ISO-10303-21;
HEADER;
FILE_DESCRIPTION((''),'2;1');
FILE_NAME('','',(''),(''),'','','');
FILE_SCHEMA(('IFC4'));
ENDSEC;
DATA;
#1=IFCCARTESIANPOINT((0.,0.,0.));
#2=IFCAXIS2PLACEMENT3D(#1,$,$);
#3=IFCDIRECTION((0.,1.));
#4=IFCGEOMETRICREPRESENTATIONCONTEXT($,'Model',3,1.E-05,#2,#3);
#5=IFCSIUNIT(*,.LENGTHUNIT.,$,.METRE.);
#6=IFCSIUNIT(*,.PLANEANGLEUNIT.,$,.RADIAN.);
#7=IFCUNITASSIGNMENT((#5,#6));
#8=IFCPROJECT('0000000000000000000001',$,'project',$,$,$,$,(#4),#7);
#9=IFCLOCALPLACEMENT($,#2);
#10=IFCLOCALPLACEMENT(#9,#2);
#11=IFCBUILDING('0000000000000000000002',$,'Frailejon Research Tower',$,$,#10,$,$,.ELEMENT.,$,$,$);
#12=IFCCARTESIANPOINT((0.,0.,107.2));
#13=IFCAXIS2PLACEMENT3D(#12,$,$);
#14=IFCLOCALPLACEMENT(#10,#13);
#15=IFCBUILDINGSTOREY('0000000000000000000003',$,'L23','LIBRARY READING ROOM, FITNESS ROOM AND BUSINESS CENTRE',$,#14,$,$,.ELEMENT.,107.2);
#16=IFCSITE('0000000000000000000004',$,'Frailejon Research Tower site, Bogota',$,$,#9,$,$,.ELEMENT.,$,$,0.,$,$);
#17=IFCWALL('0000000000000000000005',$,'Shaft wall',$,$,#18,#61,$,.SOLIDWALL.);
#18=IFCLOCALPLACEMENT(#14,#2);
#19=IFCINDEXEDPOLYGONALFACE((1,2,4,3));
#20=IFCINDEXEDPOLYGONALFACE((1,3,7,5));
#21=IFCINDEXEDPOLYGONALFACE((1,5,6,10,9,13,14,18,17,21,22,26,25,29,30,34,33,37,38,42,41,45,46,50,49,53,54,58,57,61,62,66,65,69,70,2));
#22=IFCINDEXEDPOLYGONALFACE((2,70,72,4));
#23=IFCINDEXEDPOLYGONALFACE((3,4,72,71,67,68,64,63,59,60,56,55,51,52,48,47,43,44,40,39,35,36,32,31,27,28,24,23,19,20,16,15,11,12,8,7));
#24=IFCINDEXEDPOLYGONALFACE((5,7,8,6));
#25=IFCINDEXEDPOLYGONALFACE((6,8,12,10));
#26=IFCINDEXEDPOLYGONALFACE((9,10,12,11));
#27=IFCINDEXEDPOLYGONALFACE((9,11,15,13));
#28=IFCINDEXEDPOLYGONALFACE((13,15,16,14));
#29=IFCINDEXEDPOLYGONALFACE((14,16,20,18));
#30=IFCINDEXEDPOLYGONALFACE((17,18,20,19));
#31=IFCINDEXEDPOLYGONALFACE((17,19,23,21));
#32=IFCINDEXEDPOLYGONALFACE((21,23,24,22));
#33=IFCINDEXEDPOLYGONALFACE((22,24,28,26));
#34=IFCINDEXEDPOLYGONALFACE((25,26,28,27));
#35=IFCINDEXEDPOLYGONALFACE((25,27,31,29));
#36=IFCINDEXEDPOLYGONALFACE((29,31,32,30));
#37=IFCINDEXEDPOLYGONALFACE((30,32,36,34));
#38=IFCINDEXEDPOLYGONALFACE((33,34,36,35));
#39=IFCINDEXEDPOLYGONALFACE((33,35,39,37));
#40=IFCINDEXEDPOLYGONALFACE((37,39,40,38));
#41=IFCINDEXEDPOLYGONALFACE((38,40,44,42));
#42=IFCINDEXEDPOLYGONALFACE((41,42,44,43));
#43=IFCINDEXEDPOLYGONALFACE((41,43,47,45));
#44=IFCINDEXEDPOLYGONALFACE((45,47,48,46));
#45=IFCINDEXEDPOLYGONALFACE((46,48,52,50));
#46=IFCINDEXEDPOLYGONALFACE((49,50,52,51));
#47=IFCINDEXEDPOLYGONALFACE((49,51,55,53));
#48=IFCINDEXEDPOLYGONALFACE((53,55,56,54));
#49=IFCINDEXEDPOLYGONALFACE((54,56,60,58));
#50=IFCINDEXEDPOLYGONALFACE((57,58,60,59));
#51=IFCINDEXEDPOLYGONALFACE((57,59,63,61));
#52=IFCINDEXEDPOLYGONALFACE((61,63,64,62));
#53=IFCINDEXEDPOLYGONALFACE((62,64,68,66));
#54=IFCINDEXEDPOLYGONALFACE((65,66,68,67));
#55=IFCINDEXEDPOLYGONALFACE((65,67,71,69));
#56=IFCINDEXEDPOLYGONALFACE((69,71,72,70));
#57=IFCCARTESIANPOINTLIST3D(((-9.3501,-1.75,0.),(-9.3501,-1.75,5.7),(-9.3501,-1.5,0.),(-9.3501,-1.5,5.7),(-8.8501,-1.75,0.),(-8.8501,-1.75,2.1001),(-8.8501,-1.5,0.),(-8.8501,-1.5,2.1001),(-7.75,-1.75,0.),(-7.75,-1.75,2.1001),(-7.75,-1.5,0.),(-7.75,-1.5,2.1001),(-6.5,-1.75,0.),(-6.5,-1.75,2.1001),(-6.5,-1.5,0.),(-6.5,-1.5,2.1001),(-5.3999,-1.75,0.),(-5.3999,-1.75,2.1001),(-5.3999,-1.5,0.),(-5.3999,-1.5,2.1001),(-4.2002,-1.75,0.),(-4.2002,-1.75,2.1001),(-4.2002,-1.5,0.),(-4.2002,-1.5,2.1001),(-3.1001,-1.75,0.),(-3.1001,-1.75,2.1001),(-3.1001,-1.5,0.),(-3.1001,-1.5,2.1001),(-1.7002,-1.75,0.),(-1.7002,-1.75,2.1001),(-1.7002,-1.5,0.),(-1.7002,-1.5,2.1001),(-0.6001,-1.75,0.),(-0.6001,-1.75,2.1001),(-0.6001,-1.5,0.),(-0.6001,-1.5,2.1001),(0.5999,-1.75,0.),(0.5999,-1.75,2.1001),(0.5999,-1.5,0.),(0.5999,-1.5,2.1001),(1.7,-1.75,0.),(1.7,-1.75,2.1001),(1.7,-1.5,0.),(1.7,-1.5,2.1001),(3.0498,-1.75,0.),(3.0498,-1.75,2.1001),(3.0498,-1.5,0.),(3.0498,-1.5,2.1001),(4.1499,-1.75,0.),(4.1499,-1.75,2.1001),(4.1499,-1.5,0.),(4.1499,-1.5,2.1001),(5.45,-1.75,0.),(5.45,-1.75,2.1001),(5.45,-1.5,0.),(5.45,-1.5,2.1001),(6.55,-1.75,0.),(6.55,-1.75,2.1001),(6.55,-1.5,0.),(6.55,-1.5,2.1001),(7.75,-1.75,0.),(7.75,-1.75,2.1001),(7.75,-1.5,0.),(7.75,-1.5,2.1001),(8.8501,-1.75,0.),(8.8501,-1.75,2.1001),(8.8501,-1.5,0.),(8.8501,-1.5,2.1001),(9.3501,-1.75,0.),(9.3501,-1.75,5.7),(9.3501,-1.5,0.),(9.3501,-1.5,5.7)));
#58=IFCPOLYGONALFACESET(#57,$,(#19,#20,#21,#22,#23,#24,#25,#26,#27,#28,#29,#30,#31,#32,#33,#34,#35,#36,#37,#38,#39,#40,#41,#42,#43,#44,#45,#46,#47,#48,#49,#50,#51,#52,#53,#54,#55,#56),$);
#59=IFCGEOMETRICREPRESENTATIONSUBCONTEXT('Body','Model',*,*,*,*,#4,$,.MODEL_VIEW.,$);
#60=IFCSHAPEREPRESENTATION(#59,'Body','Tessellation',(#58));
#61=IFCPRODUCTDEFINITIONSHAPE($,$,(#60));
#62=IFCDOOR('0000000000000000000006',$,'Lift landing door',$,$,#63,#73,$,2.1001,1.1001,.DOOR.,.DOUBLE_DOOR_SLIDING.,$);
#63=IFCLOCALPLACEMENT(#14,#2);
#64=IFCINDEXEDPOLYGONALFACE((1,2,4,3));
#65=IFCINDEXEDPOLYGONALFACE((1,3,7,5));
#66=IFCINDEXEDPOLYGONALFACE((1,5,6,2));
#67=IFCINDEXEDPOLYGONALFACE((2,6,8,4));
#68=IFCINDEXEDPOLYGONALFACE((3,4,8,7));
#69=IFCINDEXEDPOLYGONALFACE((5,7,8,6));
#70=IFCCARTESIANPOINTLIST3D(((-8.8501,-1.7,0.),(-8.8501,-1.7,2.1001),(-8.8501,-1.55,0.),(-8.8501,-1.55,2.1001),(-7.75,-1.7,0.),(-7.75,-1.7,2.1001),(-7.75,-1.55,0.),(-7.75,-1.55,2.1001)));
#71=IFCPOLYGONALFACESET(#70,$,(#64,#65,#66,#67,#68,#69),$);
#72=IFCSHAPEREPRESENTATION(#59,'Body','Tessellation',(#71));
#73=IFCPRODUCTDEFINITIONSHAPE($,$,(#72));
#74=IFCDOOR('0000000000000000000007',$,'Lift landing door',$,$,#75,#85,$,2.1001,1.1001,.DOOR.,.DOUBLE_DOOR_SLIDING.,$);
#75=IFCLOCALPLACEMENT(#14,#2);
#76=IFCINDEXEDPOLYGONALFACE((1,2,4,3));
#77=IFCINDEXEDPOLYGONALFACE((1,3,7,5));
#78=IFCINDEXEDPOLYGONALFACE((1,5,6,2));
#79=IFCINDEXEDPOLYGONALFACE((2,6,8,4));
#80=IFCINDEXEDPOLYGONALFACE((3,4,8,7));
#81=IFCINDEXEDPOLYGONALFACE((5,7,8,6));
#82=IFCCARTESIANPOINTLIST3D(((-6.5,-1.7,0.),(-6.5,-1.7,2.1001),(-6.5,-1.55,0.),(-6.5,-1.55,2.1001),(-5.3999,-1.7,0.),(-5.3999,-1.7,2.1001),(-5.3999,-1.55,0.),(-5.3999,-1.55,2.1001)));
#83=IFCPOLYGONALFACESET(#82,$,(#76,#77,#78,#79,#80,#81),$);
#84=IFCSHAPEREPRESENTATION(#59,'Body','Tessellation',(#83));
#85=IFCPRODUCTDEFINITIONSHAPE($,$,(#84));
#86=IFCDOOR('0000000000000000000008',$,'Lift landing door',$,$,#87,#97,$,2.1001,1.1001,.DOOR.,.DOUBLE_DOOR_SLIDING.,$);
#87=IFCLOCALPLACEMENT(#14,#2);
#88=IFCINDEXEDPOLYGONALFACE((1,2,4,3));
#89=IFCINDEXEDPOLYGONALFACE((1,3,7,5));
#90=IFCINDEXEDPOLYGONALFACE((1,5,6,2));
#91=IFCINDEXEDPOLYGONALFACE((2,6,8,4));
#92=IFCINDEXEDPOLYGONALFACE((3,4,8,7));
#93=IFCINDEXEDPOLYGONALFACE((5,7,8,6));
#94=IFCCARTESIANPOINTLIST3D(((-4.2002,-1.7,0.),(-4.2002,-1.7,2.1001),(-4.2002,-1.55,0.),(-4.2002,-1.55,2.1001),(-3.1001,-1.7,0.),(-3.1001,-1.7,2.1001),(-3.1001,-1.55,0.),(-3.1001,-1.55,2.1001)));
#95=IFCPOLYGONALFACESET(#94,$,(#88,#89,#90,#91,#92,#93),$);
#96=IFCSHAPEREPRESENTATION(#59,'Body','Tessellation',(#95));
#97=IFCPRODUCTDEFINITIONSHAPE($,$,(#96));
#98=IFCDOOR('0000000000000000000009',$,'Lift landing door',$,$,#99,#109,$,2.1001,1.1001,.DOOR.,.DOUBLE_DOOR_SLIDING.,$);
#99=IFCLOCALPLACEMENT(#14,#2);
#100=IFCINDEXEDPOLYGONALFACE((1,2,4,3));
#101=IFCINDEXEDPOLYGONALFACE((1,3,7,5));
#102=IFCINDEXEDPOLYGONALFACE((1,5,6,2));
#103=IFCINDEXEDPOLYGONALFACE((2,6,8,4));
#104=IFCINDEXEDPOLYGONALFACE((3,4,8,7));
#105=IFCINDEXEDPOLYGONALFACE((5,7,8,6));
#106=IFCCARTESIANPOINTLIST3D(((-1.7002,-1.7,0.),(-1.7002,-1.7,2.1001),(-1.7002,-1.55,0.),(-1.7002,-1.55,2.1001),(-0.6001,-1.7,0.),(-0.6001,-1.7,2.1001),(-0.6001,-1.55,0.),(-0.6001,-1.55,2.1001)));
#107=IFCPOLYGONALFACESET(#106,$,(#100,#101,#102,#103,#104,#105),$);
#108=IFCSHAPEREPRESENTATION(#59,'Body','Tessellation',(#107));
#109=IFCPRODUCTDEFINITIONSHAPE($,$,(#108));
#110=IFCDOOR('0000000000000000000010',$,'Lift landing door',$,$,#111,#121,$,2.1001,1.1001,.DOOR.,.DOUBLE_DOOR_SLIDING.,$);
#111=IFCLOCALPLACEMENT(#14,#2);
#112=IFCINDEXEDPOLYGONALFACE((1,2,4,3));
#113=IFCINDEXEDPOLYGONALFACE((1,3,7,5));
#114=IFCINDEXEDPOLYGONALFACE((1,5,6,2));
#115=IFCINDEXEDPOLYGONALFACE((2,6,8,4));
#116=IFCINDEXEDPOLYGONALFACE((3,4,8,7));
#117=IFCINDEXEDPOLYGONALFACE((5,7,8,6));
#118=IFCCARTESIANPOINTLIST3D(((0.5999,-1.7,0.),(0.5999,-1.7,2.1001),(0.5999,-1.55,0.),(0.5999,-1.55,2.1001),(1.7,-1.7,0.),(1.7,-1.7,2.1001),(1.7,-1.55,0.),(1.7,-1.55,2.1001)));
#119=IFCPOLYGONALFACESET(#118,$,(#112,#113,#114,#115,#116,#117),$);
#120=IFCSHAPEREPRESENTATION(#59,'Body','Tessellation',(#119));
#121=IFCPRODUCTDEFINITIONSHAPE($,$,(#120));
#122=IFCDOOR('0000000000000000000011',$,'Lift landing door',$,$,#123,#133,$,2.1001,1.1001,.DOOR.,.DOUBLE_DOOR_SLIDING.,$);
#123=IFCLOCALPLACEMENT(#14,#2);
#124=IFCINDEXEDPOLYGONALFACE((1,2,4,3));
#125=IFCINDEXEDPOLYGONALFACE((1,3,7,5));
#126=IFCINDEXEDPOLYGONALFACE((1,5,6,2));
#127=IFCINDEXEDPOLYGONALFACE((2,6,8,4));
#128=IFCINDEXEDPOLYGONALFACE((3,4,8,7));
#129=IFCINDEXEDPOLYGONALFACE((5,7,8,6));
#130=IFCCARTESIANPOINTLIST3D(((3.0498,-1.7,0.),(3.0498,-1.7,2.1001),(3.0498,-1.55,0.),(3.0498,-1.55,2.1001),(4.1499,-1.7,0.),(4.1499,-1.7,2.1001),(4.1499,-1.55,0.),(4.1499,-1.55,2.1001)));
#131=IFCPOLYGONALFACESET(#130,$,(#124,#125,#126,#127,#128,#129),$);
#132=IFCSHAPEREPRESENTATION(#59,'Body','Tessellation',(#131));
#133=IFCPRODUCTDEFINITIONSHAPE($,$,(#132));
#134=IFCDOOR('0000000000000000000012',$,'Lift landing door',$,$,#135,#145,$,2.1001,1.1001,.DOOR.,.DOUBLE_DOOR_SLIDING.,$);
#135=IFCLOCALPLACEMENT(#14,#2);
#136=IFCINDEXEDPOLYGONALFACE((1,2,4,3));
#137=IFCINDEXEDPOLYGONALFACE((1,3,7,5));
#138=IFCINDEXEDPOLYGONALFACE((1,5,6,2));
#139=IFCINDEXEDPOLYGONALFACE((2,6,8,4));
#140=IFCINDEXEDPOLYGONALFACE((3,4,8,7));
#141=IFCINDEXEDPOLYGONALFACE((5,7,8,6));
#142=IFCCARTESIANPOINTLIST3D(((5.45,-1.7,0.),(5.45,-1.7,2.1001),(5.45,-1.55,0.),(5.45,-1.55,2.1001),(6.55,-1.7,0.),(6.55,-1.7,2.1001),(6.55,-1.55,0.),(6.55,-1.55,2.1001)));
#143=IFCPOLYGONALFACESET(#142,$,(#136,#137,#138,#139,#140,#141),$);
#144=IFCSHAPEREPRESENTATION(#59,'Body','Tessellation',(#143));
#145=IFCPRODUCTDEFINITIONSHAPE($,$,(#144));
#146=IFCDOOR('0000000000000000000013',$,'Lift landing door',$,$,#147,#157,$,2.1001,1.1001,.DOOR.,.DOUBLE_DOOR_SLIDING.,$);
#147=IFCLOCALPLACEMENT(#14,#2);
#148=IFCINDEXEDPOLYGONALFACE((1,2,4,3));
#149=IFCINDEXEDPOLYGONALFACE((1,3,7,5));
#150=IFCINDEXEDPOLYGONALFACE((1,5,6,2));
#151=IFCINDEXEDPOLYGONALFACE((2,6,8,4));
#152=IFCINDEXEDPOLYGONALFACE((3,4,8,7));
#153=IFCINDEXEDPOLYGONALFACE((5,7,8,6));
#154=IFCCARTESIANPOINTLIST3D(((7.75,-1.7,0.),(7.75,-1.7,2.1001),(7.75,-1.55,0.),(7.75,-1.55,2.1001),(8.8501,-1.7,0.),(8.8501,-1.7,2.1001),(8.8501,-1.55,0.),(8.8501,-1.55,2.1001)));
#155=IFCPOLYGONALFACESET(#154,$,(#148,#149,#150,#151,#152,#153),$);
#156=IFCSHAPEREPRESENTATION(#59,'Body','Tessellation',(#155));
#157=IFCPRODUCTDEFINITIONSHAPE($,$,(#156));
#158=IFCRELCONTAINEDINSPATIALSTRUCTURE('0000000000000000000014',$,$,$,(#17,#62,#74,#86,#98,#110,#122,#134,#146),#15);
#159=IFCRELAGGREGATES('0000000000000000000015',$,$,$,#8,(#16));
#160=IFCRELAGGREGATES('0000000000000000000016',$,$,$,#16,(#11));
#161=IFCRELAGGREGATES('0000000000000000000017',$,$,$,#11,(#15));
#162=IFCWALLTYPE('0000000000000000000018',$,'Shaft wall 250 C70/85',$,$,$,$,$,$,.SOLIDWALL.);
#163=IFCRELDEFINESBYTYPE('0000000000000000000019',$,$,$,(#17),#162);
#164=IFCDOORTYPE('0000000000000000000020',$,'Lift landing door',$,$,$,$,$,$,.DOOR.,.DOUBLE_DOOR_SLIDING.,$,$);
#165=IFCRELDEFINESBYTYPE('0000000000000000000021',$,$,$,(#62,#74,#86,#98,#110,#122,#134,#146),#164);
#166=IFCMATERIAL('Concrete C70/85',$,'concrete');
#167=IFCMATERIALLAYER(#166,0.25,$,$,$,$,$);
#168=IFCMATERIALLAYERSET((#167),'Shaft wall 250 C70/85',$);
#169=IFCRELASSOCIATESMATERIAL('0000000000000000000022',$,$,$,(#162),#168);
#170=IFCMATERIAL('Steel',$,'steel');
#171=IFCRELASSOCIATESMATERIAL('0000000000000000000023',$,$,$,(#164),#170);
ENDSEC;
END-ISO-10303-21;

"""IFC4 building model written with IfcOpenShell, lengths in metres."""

from ifc_helpers import new_model, si_unit, direction, frame, frame_2d, origin, place, context, subcontext, project, spatial, rectangle, extrude, material, layer, layer_set, type_object, element, fill, save


model = new_model("IFC4")

# Units and contexts
model_context = context("Model", 3, precision=1e-05, world=origin(), true_north=direction((0.0, 1.0)))
body_context = subcontext(model_context, "Body", "Model", "MODEL_VIEW")
ifc_project = project(units=[si_unit("LENGTHUNIT", "METRE"), si_unit("PLANEANGLEUNIT", "RADIAN")], contexts=[model_context])

# Site, building, storey
site_placement = place(None, origin())
site = spatial("IfcSite", under=ifc_project, at=site_placement, Name="Frailejon Research Tower site, Bogota", CompositionType="ELEMENT", RefElevation=0.0)
building_placement = place(site_placement, origin())
building = spatial("IfcBuilding", under=site, at=building_placement, Name="Frailejon Research Tower", CompositionType="ELEMENT")
storey_placement = place(building_placement, frame((0.0, 0.0, 107.2)))
storey = spatial("IfcBuildingStorey", under=building, at=storey_placement, Name="L23", Description="LIBRARY READING ROOM, FITNESS ROOM AND BUSINESS CENTRE", CompositionType="ELEMENT", Elevation=107.2)

# Shared definitions
ifc_material_1 = material(Name="Concrete C70/85", Category="concrete")
ifc_layer_1 = layer(ifc_material_1, 0.25)
ifc_layer_set_1 = layer_set([ifc_layer_1], Name="Shaft wall 250 C70/85")
wall_type_1 = type_object("IfcWallType", Name="Shaft wall 250 C70/85", PredefinedType="SOLIDWALL", material=ifc_layer_set_1)
ifc_material_2 = material(Name="Steel", Category="steel")
door_type = type_object("IfcDoorType", Name="Lift landing door", OperationType="DOUBLE_DOOR_SLIDING", PredefinedType="DOOR", material=ifc_material_2)

# Wall, openings, doors
wall_1_placement = place(storey_placement, frame((-9.3501, -1.625, 0.0), z_axis=(0.0, 0.0, 1.0), x_axis=(1.0, 0.0, 0.0)))
wall_1 = element("IfcWall", 1, at=wall_1_placement, inside=storey, type_object=wall_type_1, Name="Shaft wall", PredefinedType="SOLIDWALL", context=body_context, shape_type="SweptSolid", body=[
    extrude(rectangle(XDim=18.7002, YDim=0.25, at=frame_2d((9.3501, 0.0))), origin(), (0.0, 0.0, 1.0), 5.7),
])
opening_1_placement = place(wall_1_placement, frame((0.5, 0.0, 0.0)))
opening_1 = element("IfcOpeningElement", 2, at=opening_1_placement, cuts=wall_1, PredefinedType="OPENING", context=body_context, shape_type="SweptSolid", body=[
    extrude(rectangle(XDim=1.1001, YDim=2.1001, at=frame_2d((0.55, 1.05))), frame((0.0, 0.135, 0.0), z_axis=(0.0, -1.0, 0.0), x_axis=(1.0, 0.0, 0.0)), (0.0, 0.0, 1.0), 0.27),
])
opening_2_placement = place(wall_1_placement, frame((2.8501, 0.0, 0.0)))
opening_2 = element("IfcOpeningElement", 3, at=opening_2_placement, cuts=wall_1, PredefinedType="OPENING", context=body_context, shape_type="SweptSolid", body=[
    extrude(rectangle(XDim=1.1001, YDim=2.1001, at=frame_2d((0.55, 1.05))), frame((0.0, 0.135, 0.0), z_axis=(0.0, -1.0, 0.0), x_axis=(1.0, 0.0, 0.0)), (0.0, 0.0, 1.0), 0.27),
])
opening_3_placement = place(wall_1_placement, frame((5.1499, 0.0, 0.0)))
opening_3 = element("IfcOpeningElement", 4, at=opening_3_placement, cuts=wall_1, PredefinedType="OPENING", context=body_context, shape_type="SweptSolid", body=[
    extrude(rectangle(XDim=1.1001, YDim=2.1001, at=frame_2d((0.55, 1.05))), frame((0.0, 0.135, 0.0), z_axis=(0.0, -1.0, 0.0), x_axis=(1.0, 0.0, 0.0)), (0.0, 0.0, 1.0), 0.27),
])
opening_4_placement = place(wall_1_placement, frame((7.6499, 0.0, 0.0)))
opening_4 = element("IfcOpeningElement", 5, at=opening_4_placement, cuts=wall_1, PredefinedType="OPENING", context=body_context, shape_type="SweptSolid", body=[
    extrude(rectangle(XDim=1.1001, YDim=2.1001, at=frame_2d((0.55, 1.05))), frame((0.0, 0.135, 0.0), z_axis=(0.0, -1.0, 0.0), x_axis=(1.0, 0.0, 0.0)), (0.0, 0.0, 1.0), 0.27),
])
opening_5_placement = place(wall_1_placement, frame((9.95, 0.0, 0.0)))
opening_5 = element("IfcOpeningElement", 6, at=opening_5_placement, cuts=wall_1, PredefinedType="OPENING", context=body_context, shape_type="SweptSolid", body=[
    extrude(rectangle(XDim=1.1001, YDim=2.1001, at=frame_2d((0.55, 1.05))), frame((0.0, 0.135, 0.0), z_axis=(0.0, -1.0, 0.0), x_axis=(1.0, 0.0, 0.0)), (0.0, 0.0, 1.0), 0.27),
])
opening_6_placement = place(wall_1_placement, frame((12.3999, 0.0, 0.0)))
opening_6 = element("IfcOpeningElement", 7, at=opening_6_placement, cuts=wall_1, PredefinedType="OPENING", context=body_context, shape_type="SweptSolid", body=[
    extrude(rectangle(XDim=1.1001, YDim=2.1001, at=frame_2d((0.55, 1.05))), frame((0.0, 0.135, 0.0), z_axis=(0.0, -1.0, 0.0), x_axis=(1.0, 0.0, 0.0)), (0.0, 0.0, 1.0), 0.27),
])
opening_7_placement = place(wall_1_placement, frame((14.8, 0.0, 0.0)))
opening_7 = element("IfcOpeningElement", 8, at=opening_7_placement, cuts=wall_1, PredefinedType="OPENING", context=body_context, shape_type="SweptSolid", body=[
    extrude(rectangle(XDim=1.1001, YDim=2.1001, at=frame_2d((0.55, 1.05))), frame((0.0, 0.135, 0.0), z_axis=(0.0, -1.0, 0.0), x_axis=(1.0, 0.0, 0.0)), (0.0, 0.0, 1.0), 0.27),
])
opening_8_placement = place(wall_1_placement, frame((17.1001, 0.0, 0.0)))
opening_8 = element("IfcOpeningElement", 9, at=opening_8_placement, cuts=wall_1, PredefinedType="OPENING", context=body_context, shape_type="SweptSolid", body=[
    extrude(rectangle(XDim=1.1001, YDim=2.1001, at=frame_2d((0.55, 1.05))), frame((0.0, 0.135, 0.0), z_axis=(0.0, -1.0, 0.0), x_axis=(1.0, 0.0, 0.0)), (0.0, 0.0, 1.0), 0.27),
])
door_1_placement = place(opening_1_placement, origin())
door_1 = element("IfcDoor", 10, at=door_1_placement, inside=storey, type_object=door_type, Name="Lift landing door", OperationType="DOUBLE_DOOR_SLIDING", OverallHeight=2.1001, OverallWidth=1.1001, PredefinedType="DOOR", context=body_context, shape_type="SweptSolid", body=[
    extrude(rectangle(XDim=1.1001, YDim=2.1001, at=frame_2d((0.55, 1.05))), frame((0.0, 0.075, 0.0), z_axis=(0.0, -1.0, 0.0), x_axis=(1.0, 0.0, 0.0)), (0.0, 0.0, 1.0), 0.1499),
])
fill(opening_1, door_1)
door_2_placement = place(opening_2_placement, origin())
door_2 = element("IfcDoor", 11, at=door_2_placement, inside=storey, type_object=door_type, Name="Lift landing door", OperationType="DOUBLE_DOOR_SLIDING", OverallHeight=2.1001, OverallWidth=1.1001, PredefinedType="DOOR", context=body_context, shape_type="SweptSolid", body=[
    extrude(rectangle(XDim=1.1001, YDim=2.1001, at=frame_2d((0.55, 1.05))), frame((0.0, 0.075, 0.0), z_axis=(0.0, -1.0, 0.0), x_axis=(1.0, 0.0, 0.0)), (0.0, 0.0, 1.0), 0.1499),
])
fill(opening_2, door_2)
door_3_placement = place(opening_3_placement, origin())
door_3 = element("IfcDoor", 12, at=door_3_placement, inside=storey, type_object=door_type, Name="Lift landing door", OperationType="DOUBLE_DOOR_SLIDING", OverallHeight=2.1001, OverallWidth=1.1001, PredefinedType="DOOR", context=body_context, shape_type="SweptSolid", body=[
    extrude(rectangle(XDim=1.1001, YDim=2.1001, at=frame_2d((0.55, 1.05))), frame((0.0, 0.075, 0.0), z_axis=(0.0, -1.0, 0.0), x_axis=(1.0, 0.0, 0.0)), (0.0, 0.0, 1.0), 0.1499),
])
fill(opening_3, door_3)
door_4_placement = place(opening_4_placement, origin())
door_4 = element("IfcDoor", 13, at=door_4_placement, inside=storey, type_object=door_type, Name="Lift landing door", OperationType="DOUBLE_DOOR_SLIDING", OverallHeight=2.1001, OverallWidth=1.1001, PredefinedType="DOOR", context=body_context, shape_type="SweptSolid", body=[
    extrude(rectangle(XDim=1.1001, YDim=2.1001, at=frame_2d((0.55, 1.05))), frame((0.0, 0.075, 0.0), z_axis=(0.0, -1.0, 0.0), x_axis=(1.0, 0.0, 0.0)), (0.0, 0.0, 1.0), 0.1499),
])
fill(opening_4, door_4)
door_5_placement = place(opening_5_placement, origin())
door_5 = element("IfcDoor", 14, at=door_5_placement, inside=storey, type_object=door_type, Name="Lift landing door", OperationType="DOUBLE_DOOR_SLIDING", OverallHeight=2.1001, OverallWidth=1.1001, PredefinedType="DOOR", context=body_context, shape_type="SweptSolid", body=[
    extrude(rectangle(XDim=1.1001, YDim=2.1001, at=frame_2d((0.55, 1.05))), frame((0.0, 0.075, 0.0), z_axis=(0.0, -1.0, 0.0), x_axis=(1.0, 0.0, 0.0)), (0.0, 0.0, 1.0), 0.1499),
])
fill(opening_5, door_5)
door_6_placement = place(opening_6_placement, origin())
door_6 = element("IfcDoor", 15, at=door_6_placement, inside=storey, type_object=door_type, Name="Lift landing door", OperationType="DOUBLE_DOOR_SLIDING", OverallHeight=2.1001, OverallWidth=1.1001, PredefinedType="DOOR", context=body_context, shape_type="SweptSolid", body=[
    extrude(rectangle(XDim=1.1001, YDim=2.1001, at=frame_2d((0.55, 1.05))), frame((0.0, 0.075, 0.0), z_axis=(0.0, -1.0, 0.0), x_axis=(1.0, 0.0, 0.0)), (0.0, 0.0, 1.0), 0.1499),
])
fill(opening_6, door_6)
door_7_placement = place(opening_7_placement, origin())
door_7 = element("IfcDoor", 16, at=door_7_placement, inside=storey, type_object=door_type, Name="Lift landing door", OperationType="DOUBLE_DOOR_SLIDING", OverallHeight=2.1001, OverallWidth=1.1001, PredefinedType="DOOR", context=body_context, shape_type="SweptSolid", body=[
    extrude(rectangle(XDim=1.1001, YDim=2.1001, at=frame_2d((0.55, 1.05))), frame((0.0, 0.075, 0.0), z_axis=(0.0, -1.0, 0.0), x_axis=(1.0, 0.0, 0.0)), (0.0, 0.0, 1.0), 0.1499),
])
fill(opening_7, door_7)
door_8_placement = place(opening_8_placement, origin())
door_8 = element("IfcDoor", 17, at=door_8_placement, inside=storey, type_object=door_type, Name="Lift landing door", OperationType="DOUBLE_DOOR_SLIDING", OverallHeight=2.1001, OverallWidth=1.1001, PredefinedType="DOOR", context=body_context, shape_type="SweptSolid", body=[
    extrude(rectangle(XDim=1.1001, YDim=2.1001, at=frame_2d((0.55, 1.05))), frame((0.0, 0.075, 0.0), z_axis=(0.0, -1.0, 0.0), x_axis=(1.0, 0.0, 0.0)), (0.0, 0.0, 1.0), 0.1499),
])
fill(opening_8, door_8)

save(model, "model.ifc")
